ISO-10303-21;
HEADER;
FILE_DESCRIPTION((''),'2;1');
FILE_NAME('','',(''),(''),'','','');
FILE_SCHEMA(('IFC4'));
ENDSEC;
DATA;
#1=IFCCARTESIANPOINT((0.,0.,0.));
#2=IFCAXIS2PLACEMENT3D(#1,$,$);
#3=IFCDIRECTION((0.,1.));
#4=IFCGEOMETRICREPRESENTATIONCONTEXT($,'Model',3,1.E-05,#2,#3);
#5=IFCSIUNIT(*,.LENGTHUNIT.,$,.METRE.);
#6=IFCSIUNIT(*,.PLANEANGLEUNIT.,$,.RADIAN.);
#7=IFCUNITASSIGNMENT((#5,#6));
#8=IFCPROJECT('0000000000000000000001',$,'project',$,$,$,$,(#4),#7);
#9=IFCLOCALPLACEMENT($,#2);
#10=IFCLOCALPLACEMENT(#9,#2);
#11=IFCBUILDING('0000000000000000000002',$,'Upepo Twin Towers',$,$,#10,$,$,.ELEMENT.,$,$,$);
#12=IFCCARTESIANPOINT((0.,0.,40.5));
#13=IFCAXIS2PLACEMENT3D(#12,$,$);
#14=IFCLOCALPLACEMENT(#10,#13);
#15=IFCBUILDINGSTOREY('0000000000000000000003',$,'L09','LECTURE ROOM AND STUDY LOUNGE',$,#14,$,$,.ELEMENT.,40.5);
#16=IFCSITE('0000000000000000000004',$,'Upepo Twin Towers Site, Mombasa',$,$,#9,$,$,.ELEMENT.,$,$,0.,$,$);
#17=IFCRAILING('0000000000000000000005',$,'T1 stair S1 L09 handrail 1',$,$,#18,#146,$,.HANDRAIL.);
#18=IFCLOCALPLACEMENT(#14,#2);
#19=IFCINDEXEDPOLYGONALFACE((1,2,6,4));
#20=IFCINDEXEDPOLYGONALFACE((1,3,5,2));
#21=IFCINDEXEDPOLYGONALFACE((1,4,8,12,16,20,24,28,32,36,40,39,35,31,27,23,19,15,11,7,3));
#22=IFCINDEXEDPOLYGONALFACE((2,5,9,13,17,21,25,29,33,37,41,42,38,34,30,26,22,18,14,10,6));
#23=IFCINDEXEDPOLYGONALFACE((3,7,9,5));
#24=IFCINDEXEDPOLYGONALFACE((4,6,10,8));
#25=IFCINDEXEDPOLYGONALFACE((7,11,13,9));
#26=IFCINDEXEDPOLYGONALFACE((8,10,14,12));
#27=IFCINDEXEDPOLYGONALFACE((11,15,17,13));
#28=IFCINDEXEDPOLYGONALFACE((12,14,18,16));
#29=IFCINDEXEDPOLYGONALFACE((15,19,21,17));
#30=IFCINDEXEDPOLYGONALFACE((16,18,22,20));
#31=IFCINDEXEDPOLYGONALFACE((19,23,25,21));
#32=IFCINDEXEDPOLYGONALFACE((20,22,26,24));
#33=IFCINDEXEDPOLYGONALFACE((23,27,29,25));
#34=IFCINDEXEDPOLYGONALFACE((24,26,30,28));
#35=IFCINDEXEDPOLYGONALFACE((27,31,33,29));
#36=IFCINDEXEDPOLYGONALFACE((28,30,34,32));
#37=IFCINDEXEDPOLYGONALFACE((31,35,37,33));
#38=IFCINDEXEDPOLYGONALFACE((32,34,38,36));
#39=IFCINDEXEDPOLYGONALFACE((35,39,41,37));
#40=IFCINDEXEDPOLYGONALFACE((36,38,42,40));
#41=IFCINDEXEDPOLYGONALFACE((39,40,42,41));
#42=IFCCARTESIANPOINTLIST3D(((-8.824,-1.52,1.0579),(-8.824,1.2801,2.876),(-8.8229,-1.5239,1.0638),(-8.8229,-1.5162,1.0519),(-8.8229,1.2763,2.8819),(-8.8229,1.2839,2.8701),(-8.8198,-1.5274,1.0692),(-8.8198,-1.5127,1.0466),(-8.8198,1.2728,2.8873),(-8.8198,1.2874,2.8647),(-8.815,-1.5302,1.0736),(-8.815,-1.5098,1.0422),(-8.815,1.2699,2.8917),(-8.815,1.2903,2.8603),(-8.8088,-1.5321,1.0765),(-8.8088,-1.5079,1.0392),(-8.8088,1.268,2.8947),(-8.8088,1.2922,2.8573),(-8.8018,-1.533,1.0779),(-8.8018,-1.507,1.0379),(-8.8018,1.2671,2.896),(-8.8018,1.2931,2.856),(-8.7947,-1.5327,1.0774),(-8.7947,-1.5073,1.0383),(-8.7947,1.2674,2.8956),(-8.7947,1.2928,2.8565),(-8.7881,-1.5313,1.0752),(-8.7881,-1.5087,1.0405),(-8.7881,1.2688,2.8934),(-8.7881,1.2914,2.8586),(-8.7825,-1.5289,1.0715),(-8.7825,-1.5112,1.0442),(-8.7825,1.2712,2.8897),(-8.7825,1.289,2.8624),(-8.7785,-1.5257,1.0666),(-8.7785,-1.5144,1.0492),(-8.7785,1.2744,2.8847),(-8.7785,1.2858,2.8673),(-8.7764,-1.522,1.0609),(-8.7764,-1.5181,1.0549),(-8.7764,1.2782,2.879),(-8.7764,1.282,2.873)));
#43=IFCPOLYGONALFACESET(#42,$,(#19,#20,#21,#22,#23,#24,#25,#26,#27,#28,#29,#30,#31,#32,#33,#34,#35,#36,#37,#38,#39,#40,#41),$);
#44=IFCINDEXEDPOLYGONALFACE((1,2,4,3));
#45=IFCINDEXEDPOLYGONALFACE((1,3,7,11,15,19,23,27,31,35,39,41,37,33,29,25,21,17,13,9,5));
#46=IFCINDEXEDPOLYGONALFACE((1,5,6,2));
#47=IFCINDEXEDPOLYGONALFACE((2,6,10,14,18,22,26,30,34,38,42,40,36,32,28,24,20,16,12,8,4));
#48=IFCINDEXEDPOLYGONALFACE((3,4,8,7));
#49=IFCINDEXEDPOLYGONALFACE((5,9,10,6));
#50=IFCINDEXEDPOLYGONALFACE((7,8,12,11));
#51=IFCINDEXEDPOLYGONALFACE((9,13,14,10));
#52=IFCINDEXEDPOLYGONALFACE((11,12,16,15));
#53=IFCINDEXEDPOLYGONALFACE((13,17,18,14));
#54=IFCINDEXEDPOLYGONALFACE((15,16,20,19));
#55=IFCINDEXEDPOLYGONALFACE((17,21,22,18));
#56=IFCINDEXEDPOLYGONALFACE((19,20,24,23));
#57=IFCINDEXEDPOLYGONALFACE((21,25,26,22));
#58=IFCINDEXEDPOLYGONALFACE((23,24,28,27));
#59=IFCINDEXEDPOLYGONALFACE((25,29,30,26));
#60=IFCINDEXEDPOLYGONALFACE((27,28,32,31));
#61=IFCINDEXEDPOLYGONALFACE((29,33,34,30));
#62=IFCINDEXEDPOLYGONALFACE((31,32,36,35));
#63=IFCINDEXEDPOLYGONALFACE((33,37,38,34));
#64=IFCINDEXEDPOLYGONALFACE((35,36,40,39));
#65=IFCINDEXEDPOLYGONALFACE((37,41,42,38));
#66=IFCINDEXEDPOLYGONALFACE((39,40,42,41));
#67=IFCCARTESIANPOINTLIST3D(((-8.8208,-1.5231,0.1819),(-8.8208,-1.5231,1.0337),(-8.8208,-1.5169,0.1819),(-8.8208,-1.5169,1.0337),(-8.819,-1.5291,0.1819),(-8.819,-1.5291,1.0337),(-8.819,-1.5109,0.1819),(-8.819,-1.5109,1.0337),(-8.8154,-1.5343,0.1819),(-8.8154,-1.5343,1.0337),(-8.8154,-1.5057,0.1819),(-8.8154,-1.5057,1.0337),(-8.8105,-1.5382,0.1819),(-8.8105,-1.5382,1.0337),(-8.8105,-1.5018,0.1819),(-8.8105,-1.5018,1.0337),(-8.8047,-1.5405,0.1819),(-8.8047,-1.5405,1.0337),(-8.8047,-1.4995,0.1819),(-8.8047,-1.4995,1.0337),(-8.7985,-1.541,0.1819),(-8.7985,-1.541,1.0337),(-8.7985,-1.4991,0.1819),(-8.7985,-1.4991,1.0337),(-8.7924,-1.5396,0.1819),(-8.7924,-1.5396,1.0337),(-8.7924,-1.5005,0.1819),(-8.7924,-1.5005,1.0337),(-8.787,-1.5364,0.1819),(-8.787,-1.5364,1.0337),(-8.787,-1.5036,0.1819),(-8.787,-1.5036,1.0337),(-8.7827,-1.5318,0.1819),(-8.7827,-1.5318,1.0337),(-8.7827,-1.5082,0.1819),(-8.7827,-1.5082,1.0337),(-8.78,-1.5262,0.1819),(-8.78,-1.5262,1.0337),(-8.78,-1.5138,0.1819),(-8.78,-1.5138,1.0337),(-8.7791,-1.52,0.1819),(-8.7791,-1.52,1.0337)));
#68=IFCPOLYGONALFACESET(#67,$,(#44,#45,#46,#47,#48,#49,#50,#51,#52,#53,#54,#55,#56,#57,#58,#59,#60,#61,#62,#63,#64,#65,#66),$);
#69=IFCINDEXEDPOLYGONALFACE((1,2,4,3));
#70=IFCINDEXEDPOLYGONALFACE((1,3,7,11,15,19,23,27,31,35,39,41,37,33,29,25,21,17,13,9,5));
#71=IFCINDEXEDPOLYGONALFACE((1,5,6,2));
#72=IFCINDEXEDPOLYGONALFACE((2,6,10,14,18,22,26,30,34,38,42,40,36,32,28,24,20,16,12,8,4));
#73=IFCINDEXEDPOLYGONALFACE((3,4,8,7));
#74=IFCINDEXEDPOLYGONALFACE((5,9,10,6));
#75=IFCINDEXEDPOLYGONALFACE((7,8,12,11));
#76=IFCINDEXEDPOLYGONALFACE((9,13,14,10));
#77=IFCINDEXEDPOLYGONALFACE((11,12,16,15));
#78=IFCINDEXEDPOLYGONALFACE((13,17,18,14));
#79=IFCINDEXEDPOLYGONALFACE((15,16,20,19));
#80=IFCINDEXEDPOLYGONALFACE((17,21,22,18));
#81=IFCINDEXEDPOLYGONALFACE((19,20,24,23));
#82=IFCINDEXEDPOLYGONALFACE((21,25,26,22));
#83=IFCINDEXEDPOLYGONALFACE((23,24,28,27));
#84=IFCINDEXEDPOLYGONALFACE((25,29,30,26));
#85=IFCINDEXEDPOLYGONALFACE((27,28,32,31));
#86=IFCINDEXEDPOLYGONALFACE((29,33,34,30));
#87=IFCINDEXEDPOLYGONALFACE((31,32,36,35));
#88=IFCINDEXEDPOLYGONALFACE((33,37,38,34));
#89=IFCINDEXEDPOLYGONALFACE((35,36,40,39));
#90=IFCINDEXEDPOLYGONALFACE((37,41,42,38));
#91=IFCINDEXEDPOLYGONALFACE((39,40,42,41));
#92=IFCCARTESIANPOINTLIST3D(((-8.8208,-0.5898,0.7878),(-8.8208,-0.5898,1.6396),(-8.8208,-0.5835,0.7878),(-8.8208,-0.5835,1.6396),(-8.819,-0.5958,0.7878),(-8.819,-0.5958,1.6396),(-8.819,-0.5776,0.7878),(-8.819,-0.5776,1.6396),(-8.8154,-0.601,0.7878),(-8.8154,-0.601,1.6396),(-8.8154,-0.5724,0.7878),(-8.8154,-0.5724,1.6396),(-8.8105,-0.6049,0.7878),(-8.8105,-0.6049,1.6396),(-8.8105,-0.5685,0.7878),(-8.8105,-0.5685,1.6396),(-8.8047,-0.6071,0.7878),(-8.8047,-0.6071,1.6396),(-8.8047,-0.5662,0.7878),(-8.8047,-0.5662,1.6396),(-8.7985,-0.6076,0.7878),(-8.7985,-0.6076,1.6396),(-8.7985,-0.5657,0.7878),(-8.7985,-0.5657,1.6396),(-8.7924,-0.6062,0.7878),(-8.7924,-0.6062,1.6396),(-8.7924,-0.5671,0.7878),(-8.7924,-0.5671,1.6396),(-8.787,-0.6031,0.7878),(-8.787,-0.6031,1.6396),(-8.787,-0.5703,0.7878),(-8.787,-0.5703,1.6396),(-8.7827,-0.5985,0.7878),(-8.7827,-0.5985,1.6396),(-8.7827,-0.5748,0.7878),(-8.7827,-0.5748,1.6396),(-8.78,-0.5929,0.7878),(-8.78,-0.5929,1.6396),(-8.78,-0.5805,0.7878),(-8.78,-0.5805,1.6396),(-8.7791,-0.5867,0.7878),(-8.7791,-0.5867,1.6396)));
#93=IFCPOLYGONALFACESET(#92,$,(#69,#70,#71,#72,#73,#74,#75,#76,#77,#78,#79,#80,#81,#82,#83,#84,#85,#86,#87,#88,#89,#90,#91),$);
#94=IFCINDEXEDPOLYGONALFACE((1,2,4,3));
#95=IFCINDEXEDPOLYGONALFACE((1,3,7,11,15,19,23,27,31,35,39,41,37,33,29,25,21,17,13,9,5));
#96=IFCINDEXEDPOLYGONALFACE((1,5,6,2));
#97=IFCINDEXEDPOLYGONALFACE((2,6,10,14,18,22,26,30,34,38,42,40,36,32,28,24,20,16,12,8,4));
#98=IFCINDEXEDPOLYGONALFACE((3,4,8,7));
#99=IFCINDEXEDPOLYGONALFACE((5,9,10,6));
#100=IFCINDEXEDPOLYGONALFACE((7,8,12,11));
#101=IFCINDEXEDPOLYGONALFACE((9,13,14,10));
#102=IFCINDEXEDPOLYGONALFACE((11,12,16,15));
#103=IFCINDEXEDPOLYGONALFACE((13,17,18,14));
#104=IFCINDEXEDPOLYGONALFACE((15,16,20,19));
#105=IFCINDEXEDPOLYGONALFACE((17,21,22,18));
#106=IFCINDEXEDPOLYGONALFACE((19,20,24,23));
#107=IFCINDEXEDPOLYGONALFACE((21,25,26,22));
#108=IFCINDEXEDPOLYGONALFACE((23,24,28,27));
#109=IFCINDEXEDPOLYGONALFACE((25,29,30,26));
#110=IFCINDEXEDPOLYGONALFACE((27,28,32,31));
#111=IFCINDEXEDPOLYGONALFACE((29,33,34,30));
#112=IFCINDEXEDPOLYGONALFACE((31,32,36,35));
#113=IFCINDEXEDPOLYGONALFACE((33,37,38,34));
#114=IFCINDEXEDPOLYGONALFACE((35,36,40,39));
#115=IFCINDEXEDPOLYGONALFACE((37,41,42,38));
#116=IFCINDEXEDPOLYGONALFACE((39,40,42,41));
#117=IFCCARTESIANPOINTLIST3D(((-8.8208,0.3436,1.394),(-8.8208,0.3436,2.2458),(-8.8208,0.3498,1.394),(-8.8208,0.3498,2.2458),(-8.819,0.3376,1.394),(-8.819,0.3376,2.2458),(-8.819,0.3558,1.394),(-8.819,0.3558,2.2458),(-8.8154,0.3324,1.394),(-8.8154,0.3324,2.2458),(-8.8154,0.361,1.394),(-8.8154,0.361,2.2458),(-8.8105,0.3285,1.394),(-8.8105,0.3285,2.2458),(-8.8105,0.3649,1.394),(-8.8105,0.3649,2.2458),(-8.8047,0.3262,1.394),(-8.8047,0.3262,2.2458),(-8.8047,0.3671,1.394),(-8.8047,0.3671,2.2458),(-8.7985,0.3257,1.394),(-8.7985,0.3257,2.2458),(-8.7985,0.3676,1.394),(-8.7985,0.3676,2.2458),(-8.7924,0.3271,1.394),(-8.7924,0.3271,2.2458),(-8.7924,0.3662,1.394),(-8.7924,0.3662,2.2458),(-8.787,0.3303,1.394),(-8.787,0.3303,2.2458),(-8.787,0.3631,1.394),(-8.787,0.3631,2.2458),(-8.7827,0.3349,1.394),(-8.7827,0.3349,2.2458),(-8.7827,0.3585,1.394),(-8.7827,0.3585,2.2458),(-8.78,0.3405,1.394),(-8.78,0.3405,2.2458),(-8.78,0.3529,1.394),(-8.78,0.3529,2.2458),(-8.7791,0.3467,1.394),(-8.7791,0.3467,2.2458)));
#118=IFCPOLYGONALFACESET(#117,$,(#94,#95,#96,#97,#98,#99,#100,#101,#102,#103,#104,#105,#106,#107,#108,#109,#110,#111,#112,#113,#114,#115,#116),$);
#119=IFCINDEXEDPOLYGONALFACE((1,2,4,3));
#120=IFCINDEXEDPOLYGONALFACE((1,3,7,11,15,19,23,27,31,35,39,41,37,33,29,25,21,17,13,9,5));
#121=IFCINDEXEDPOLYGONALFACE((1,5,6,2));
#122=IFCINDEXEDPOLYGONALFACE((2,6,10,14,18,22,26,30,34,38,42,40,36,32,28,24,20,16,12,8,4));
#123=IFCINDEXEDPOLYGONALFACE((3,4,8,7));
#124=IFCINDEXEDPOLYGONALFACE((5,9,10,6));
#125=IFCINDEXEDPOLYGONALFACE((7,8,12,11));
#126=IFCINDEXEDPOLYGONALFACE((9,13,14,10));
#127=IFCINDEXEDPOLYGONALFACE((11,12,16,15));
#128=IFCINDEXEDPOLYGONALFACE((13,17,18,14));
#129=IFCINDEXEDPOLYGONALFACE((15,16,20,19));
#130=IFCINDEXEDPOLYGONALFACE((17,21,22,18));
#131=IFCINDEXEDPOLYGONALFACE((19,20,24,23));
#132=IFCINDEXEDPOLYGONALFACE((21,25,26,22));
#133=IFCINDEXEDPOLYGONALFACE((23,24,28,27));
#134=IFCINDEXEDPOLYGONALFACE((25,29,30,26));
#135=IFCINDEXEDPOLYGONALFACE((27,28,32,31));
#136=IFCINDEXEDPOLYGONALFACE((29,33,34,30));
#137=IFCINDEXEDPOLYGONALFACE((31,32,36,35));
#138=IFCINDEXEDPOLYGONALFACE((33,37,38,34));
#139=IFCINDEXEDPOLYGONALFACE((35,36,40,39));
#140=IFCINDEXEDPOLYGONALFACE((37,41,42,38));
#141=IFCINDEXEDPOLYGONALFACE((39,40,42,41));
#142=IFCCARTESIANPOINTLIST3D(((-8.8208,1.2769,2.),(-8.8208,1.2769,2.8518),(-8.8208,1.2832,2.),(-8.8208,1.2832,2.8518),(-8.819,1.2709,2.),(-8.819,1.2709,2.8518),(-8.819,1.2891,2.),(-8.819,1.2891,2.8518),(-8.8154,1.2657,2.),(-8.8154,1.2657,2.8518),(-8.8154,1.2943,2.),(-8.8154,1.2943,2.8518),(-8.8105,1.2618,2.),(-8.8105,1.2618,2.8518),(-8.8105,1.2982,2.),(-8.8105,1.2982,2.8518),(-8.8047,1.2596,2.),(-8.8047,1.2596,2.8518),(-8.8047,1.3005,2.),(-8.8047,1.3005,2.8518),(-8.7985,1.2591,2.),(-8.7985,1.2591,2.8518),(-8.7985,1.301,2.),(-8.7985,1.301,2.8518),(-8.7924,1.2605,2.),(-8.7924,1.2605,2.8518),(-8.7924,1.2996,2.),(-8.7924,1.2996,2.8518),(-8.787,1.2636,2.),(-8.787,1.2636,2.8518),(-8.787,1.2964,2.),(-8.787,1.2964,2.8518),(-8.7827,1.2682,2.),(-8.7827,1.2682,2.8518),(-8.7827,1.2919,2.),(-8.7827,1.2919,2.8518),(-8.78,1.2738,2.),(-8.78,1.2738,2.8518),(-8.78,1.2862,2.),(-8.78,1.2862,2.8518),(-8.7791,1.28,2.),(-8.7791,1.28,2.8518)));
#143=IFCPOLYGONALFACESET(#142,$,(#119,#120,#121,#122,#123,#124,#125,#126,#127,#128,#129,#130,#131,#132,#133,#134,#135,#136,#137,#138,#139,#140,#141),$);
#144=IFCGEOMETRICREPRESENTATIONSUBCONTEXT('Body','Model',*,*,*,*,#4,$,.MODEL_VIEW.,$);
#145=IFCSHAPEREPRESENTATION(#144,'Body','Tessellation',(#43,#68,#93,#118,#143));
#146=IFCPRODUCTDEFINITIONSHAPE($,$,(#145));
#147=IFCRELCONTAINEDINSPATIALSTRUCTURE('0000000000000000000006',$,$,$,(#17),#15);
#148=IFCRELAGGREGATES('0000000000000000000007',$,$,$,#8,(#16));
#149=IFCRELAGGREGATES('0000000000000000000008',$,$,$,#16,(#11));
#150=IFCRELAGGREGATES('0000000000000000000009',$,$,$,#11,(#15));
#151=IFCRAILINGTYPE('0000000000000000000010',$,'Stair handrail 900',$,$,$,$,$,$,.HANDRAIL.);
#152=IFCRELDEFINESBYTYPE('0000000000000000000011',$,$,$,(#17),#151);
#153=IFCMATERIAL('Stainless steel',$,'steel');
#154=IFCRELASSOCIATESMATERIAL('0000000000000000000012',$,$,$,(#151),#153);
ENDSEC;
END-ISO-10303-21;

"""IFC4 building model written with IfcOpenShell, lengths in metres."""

from ifc_helpers import new_model, si_unit, direction, frame, origin, origin_2d, place, context, subcontext, project, spatial, circle, extrude, material, type_object, element, save


model = new_model("IFC4")

# Units and contexts
model_context = context("Model", 3, precision=1e-05, world=origin(), true_north=direction((0.0, 1.0)))
body_context = subcontext(model_context, "Body", "Model", "MODEL_VIEW")
ifc_project = project(units=[si_unit("LENGTHUNIT", "METRE"), si_unit("PLANEANGLEUNIT", "RADIAN")], contexts=[model_context])

# Site, building, storey
site_placement = place(None, origin())
site = spatial("IfcSite", under=ifc_project, at=site_placement, Name="Upepo Twin Towers Site, Mombasa", CompositionType="ELEMENT", RefElevation=0.0)
building_placement = place(site_placement, origin())
building = spatial("IfcBuilding", under=site, at=building_placement, Name="Upepo Twin Towers", CompositionType="ELEMENT")
storey_placement = place(building_placement, frame((0.0, 0.0, 40.5)))
storey = spatial("IfcBuildingStorey", under=building, at=storey_placement, Name="L09", Description="LECTURE ROOM AND STUDY LOUNGE", CompositionType="ELEMENT", Elevation=40.5)

# Railing
ifc_material_1 = material(Name="Stainless steel", Category="steel")
railing_type = type_object("IfcRailingType", Name="Stair handrail 900", PredefinedType="HANDRAIL", material=ifc_material_1)
railing_placement = place(storey_placement, frame((-8.8, -1.52, 0.1819)))
element("IfcRailing", 1, at=railing_placement, inside=storey, type_object=railing_type, Name="T1 stair S1 L09 handrail 1", PredefinedType="HANDRAIL", context=body_context, shape_type="SweptSolid", body=[
    extrude(circle(Radius=0.0239, at=origin_2d()), frame((0.0, 0.0, 0.876), z_axis=(0.0, 0.838706, 0.544585), x_axis=(-1.0, 0.0, 0.0)), (0.0, 0.0, 1.0), 3.3386),
    extrude(circle(Radius=0.021, at=origin_2d()), origin(), (0.0, 0.0, 1.0), 0.8518),
    extrude(circle(Radius=0.021, at=origin_2d()), frame((0.0, 0.9333, 0.606)), (0.0, 0.0, 1.0), 0.8518),
    extrude(circle(Radius=0.021, at=origin_2d()), frame((0.0, 1.8667, 1.2122)), (0.0, 0.0, 1.0), 0.8518),
    extrude(circle(Radius=0.021, at=origin_2d()), frame((0.0, 2.8, 1.8181)), (0.0, 0.0, 1.0), 0.8518),
])

save(model, "model.ifc")
